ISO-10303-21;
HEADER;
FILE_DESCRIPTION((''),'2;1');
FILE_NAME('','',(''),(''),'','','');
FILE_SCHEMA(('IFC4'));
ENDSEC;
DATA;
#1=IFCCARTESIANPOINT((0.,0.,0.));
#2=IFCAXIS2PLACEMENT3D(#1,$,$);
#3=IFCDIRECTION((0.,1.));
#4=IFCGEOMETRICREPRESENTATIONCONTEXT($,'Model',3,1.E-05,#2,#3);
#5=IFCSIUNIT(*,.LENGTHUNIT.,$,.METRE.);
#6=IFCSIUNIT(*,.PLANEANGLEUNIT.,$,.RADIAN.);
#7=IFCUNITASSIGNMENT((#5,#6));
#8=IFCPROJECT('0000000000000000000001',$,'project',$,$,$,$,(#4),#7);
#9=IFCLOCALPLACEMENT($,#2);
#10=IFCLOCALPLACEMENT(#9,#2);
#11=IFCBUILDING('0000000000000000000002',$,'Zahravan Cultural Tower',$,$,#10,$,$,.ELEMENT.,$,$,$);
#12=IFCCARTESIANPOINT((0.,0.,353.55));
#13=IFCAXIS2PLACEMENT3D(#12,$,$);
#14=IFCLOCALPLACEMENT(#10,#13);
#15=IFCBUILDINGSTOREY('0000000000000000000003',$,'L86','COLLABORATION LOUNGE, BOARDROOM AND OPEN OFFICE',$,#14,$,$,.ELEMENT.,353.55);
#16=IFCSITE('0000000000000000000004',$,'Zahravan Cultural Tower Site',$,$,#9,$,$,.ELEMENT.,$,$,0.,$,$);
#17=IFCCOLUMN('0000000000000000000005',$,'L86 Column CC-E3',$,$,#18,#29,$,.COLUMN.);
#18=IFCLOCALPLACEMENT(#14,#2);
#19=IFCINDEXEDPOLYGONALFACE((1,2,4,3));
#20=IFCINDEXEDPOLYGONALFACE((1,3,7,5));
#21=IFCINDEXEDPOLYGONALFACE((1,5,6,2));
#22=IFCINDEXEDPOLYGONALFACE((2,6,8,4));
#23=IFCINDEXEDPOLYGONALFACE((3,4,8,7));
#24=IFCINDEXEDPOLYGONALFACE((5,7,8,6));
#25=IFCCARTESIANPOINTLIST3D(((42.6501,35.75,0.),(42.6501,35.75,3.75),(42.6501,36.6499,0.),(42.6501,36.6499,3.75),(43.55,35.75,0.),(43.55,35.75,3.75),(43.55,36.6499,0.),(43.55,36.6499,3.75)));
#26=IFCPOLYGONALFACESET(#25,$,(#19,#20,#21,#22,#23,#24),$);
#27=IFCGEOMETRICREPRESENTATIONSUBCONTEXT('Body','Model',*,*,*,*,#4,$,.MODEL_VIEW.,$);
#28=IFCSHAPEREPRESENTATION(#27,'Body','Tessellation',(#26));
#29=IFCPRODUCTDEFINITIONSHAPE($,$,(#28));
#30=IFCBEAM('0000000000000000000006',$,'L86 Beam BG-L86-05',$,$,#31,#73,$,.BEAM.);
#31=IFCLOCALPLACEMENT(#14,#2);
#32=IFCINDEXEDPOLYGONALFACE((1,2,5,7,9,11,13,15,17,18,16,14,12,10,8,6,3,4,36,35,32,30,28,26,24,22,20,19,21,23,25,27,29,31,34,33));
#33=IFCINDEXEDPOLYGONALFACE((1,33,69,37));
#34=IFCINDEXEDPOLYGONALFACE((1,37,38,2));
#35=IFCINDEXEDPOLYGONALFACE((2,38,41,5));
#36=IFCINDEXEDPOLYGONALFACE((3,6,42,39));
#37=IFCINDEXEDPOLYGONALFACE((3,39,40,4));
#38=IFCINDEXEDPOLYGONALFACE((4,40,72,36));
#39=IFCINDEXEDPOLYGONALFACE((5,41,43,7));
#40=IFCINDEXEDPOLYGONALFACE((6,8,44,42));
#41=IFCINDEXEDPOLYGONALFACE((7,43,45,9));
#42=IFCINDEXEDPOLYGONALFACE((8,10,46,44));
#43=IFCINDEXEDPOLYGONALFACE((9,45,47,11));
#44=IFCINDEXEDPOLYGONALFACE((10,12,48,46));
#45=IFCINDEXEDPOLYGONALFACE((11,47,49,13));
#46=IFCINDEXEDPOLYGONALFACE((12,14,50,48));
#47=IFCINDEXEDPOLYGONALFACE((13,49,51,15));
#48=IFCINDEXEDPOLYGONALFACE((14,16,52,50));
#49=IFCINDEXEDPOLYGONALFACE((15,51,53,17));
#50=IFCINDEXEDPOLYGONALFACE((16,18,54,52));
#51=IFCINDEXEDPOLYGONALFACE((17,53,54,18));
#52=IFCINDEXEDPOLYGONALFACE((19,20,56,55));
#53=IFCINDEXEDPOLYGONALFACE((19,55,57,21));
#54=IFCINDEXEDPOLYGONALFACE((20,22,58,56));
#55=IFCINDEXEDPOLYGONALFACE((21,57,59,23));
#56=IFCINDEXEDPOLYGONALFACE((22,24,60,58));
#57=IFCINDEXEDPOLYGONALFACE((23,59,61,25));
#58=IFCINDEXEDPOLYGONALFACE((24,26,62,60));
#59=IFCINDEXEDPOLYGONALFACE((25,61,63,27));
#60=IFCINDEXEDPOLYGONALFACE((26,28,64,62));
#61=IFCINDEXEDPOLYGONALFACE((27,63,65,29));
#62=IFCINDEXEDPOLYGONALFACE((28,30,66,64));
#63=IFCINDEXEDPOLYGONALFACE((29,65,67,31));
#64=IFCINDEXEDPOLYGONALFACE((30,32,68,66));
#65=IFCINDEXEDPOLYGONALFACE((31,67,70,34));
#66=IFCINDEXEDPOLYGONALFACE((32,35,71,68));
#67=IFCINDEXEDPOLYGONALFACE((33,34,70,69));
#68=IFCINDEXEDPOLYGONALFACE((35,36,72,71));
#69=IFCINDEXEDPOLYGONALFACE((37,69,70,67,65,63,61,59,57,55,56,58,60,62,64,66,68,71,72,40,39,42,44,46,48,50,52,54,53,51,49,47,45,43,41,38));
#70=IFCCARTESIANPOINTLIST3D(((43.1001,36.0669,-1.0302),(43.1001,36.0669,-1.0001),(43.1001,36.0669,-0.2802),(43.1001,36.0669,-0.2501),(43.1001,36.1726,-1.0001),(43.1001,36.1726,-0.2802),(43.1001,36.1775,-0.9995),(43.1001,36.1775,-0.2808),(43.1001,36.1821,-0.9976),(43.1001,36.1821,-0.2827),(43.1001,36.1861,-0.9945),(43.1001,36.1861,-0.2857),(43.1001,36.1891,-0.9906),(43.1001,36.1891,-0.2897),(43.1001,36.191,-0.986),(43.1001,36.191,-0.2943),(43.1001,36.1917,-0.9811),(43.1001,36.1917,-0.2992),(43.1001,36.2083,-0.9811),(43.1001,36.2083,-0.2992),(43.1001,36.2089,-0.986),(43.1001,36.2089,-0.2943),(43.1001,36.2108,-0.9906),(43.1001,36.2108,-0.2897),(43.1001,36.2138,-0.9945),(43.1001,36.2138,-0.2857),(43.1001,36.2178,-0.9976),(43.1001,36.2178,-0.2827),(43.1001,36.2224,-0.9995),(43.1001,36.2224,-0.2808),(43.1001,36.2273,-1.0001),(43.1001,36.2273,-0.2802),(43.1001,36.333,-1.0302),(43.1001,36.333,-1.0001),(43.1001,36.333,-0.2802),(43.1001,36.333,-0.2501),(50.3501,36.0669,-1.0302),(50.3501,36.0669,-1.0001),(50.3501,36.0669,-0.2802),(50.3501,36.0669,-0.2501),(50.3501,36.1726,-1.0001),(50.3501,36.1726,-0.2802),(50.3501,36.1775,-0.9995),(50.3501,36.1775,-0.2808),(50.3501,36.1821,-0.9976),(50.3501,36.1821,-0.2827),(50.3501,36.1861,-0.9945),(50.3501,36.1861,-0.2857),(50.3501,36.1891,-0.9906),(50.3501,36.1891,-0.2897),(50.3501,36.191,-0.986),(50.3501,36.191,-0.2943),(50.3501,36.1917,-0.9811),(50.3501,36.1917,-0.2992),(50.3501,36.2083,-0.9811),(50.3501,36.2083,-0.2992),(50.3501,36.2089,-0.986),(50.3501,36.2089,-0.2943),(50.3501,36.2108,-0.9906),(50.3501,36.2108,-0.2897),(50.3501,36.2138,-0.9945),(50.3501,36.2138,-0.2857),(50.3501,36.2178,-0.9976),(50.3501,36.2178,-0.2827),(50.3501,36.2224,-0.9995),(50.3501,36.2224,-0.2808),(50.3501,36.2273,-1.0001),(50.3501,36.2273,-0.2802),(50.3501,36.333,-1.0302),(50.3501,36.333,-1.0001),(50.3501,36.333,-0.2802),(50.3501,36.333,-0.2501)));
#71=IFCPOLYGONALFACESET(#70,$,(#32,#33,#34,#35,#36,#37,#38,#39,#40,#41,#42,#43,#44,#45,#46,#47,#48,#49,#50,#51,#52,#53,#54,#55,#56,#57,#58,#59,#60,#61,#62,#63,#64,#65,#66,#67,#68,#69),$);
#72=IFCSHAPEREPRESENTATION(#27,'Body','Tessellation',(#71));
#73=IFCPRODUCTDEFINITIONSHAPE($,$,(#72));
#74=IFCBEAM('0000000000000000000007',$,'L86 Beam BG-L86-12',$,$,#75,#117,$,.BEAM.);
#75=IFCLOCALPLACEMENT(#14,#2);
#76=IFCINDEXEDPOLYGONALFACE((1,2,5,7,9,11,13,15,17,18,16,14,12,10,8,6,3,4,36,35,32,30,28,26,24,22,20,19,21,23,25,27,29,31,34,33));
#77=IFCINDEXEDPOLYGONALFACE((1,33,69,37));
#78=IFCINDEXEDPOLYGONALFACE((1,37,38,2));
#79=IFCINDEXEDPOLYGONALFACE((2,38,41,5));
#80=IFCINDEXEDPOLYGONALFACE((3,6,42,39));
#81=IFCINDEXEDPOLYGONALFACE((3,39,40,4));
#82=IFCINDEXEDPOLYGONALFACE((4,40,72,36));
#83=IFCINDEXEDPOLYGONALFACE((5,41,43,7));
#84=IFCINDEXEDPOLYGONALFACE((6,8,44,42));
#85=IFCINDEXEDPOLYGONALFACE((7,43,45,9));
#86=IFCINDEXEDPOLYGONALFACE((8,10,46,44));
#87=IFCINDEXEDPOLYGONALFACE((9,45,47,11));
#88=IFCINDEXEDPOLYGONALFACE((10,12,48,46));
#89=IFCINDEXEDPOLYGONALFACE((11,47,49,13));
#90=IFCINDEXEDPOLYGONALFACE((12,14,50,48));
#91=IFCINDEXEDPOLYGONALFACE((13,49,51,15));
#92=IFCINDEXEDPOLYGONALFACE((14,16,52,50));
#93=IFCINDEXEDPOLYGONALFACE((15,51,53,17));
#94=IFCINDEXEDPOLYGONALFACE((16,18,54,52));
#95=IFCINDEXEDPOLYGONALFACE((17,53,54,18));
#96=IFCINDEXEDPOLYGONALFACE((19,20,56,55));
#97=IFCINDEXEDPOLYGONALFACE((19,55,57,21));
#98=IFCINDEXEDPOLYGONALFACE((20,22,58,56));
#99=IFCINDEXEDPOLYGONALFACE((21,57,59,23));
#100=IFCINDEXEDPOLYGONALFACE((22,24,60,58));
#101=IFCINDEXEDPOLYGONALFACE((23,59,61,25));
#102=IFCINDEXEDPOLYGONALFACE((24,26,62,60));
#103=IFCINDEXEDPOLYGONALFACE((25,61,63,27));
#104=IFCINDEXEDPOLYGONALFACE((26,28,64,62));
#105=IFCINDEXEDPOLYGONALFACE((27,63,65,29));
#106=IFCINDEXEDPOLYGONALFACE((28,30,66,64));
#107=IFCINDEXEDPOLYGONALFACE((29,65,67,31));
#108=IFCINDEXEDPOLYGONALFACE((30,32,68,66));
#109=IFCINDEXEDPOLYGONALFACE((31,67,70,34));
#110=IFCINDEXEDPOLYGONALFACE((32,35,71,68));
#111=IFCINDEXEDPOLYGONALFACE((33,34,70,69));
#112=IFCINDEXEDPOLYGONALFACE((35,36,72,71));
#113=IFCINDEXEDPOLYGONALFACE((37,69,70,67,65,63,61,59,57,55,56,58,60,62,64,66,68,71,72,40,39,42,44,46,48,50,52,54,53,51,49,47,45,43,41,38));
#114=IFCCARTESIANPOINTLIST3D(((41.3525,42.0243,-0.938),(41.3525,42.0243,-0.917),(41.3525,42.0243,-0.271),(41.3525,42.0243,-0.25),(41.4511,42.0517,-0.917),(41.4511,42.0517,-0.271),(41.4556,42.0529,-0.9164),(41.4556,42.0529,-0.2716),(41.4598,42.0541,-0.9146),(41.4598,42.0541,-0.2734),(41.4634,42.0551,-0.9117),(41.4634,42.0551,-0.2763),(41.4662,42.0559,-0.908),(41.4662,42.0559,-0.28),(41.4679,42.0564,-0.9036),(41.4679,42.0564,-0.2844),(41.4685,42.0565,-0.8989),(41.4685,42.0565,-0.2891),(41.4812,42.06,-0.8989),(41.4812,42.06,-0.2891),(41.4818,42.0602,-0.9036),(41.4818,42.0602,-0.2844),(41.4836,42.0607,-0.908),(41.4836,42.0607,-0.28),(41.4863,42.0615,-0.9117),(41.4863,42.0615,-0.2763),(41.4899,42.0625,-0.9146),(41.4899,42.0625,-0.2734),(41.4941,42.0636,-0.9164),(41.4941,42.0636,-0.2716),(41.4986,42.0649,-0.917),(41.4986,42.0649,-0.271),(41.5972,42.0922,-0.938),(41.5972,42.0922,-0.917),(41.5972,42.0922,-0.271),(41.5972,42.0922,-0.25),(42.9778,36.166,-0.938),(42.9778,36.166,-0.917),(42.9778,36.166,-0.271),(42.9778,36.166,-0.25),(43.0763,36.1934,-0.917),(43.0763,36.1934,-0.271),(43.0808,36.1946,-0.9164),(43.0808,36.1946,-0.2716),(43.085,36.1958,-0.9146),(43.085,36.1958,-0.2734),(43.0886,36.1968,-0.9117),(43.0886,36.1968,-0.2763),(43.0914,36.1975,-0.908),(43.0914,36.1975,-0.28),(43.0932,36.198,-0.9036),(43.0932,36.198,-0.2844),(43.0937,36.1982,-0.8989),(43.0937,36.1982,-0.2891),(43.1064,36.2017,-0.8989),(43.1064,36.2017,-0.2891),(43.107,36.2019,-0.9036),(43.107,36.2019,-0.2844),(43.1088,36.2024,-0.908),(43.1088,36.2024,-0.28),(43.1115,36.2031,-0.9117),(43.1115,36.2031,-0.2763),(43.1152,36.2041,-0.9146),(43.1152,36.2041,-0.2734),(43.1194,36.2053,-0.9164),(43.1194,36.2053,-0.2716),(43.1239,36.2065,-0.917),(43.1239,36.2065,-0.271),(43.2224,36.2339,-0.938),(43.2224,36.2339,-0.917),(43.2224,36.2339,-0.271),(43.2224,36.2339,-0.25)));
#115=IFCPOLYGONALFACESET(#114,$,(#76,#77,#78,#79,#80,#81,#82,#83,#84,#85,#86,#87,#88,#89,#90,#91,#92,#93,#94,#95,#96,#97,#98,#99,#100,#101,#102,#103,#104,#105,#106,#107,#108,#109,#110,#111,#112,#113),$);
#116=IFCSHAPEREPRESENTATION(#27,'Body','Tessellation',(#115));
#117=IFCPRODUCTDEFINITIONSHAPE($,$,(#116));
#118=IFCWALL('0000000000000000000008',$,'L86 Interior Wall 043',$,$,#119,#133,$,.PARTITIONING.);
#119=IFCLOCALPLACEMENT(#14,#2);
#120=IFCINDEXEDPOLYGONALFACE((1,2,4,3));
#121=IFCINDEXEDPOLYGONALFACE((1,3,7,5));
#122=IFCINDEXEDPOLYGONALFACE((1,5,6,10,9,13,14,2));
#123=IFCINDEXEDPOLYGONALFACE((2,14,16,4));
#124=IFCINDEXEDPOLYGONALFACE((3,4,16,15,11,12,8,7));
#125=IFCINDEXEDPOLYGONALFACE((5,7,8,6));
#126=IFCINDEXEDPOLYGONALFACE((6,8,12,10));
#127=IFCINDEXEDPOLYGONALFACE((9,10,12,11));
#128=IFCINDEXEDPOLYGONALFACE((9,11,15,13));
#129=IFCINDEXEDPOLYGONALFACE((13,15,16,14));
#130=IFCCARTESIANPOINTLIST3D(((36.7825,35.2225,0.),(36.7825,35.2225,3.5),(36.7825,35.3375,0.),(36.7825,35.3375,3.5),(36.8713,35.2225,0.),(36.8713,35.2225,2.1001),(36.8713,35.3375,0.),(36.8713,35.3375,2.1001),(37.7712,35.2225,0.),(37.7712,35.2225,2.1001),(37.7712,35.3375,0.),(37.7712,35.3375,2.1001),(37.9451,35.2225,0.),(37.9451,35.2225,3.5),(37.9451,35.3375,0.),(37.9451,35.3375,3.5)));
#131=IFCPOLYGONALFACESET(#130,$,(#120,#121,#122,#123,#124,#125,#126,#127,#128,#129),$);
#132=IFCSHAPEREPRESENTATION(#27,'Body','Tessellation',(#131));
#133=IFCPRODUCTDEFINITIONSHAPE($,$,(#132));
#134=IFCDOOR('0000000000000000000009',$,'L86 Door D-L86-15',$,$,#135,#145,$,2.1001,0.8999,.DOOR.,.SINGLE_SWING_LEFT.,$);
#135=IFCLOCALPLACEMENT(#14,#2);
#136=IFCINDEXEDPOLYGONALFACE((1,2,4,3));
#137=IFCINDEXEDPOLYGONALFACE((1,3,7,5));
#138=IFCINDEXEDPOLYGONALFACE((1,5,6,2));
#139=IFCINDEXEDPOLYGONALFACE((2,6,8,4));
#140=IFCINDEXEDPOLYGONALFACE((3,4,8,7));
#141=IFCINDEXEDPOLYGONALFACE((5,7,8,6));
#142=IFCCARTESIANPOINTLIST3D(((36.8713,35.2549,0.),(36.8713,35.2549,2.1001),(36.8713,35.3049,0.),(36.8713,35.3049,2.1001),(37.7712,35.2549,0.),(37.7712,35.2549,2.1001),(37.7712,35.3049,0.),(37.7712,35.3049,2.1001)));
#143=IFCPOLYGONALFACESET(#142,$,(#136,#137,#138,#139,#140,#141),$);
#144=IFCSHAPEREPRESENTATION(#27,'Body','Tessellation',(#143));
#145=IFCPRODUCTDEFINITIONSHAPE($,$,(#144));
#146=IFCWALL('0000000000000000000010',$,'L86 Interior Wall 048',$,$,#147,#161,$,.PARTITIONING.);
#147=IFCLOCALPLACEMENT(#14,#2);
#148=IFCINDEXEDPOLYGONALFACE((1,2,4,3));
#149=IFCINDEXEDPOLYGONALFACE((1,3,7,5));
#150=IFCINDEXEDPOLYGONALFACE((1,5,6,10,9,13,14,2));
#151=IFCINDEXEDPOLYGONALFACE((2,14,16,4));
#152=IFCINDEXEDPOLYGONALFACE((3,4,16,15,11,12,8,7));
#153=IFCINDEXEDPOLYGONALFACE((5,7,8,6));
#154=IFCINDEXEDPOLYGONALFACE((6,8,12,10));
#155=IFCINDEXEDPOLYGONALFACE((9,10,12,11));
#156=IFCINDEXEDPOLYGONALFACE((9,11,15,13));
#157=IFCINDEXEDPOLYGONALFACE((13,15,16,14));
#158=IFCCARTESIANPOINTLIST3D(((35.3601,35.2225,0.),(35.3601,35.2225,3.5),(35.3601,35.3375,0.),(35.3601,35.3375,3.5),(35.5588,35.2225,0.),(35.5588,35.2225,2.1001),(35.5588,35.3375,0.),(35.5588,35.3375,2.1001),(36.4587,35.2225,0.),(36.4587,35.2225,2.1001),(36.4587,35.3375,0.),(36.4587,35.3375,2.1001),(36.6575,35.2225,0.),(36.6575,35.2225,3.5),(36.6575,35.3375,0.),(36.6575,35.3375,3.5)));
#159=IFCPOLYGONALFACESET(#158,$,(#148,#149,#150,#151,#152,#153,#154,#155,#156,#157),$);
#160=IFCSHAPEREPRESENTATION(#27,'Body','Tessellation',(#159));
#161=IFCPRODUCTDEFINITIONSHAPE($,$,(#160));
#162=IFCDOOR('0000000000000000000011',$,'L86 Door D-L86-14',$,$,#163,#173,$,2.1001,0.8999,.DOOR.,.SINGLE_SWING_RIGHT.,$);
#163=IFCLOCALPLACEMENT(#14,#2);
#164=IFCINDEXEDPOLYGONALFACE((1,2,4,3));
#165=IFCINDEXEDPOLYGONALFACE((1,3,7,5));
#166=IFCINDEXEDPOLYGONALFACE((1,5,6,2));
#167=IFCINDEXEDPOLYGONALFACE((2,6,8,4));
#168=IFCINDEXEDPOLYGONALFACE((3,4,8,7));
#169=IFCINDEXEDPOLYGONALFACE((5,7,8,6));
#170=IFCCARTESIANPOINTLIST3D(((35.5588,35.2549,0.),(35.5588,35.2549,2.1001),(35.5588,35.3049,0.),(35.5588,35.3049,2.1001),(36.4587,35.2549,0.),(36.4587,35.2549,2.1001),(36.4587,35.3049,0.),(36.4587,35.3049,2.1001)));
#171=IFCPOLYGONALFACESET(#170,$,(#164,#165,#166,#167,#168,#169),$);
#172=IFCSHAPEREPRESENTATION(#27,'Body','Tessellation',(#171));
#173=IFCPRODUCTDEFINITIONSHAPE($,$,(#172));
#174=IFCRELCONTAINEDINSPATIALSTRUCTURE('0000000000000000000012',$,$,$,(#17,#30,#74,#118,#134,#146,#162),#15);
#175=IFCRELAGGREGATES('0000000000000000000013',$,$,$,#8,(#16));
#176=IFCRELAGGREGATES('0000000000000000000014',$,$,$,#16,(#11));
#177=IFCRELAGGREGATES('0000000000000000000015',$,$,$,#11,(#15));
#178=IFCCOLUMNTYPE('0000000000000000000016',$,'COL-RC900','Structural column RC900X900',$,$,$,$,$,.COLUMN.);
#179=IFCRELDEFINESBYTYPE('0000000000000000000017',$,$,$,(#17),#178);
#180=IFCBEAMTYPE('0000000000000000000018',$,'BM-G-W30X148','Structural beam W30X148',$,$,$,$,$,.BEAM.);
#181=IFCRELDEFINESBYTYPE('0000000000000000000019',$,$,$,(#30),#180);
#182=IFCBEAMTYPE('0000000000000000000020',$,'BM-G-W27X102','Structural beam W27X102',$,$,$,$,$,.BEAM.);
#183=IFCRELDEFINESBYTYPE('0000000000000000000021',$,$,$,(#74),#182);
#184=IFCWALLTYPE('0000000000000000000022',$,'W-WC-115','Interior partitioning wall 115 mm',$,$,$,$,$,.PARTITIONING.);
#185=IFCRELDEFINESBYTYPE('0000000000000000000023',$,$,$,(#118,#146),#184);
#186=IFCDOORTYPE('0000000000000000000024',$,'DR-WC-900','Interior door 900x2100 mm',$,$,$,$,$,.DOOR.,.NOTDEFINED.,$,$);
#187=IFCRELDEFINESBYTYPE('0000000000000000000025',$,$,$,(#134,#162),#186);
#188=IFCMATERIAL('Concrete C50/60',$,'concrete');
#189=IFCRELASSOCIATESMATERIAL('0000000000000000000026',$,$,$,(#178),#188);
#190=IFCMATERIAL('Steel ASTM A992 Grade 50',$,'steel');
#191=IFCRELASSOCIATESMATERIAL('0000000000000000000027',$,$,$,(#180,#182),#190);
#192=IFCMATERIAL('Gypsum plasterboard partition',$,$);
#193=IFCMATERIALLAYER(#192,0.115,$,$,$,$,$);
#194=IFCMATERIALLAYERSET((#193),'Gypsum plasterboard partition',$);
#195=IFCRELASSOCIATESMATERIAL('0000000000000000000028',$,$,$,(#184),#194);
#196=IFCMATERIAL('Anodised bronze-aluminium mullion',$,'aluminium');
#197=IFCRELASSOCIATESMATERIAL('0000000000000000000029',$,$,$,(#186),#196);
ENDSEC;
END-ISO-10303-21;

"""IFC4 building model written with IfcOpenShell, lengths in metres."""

from ifc_helpers import new_model, si_unit, direction, frame, frame_2d, origin, origin_2d, place, context, subcontext, project, spatial, rectangle, i_section, extrude, source, transform, mapped, material, layer, layer_set, material_profile, profile_set, type_object, element, fill, save


model = new_model("IFC4")

# Units and contexts
model_context = context("Model", 3, precision=1e-05, world=origin(), true_north=direction((0.0, 1.0)))
body_context = subcontext(model_context, "Body", "Model", "MODEL_VIEW")
ifc_project = project(units=[si_unit("LENGTHUNIT", "METRE"), si_unit("PLANEANGLEUNIT", "RADIAN")], contexts=[model_context])

# Site, building, storey
site_placement = place(None, origin())
site = spatial("IfcSite", under=ifc_project, at=site_placement, Name="Zahravan Cultural Tower Site", CompositionType="ELEMENT", RefElevation=0.0)
building_placement = place(site_placement, origin())
building = spatial("IfcBuilding", under=site, at=building_placement, Name="Zahravan Cultural Tower", CompositionType="ELEMENT")
storey_placement = place(building_placement, frame((0.0, 0.0, 353.55)))
storey = spatial("IfcBuildingStorey", under=building, at=storey_placement, Name="L86", Description="COLLABORATION LOUNGE, BOARDROOM AND OPEN OFFICE", CompositionType="ELEMENT", Elevation=353.55)

# Column
ifc_material_1 = material(Name="Concrete C50/60", Category="concrete")
ifc_material_profile_1 = material_profile(ifc_material_1, rectangle(XDim=0.8999, YDim=0.8999, at=origin_2d()), Name="RC900X900")
ifc_profile_set_1 = profile_set([ifc_material_profile_1], Name="Concrete C50/60")
column_type = type_object("IfcColumnType", Name="COL-RC900", Description="Structural column RC900X900", PredefinedType="COLUMN", material=ifc_profile_set_1)
shared_shape_1 = source(origin(), body_context, "Body", "SweptSolid", [
    extrude(rectangle(XDim=0.8999, YDim=0.8999, at=origin_2d()), origin(), (0.0, 0.0, 1.0), 3.75),
])
column_placement = place(storey_placement, frame((43.1001, 36.2, 0.0), z_axis=(0.0, 0.0, 1.0), x_axis=(1.0, 0.0, 0.0)))
element("IfcColumn", 1, at=column_placement, inside=storey, type_object=column_type, Name="L86 Column CC-E3", PredefinedType="COLUMN", context=body_context, shape_type="MappedRepresentation", body=[
    mapped(shared_shape_1, transform((0.0, 0.0, 0.0), x_axis=(1.0, 0.0, 0.0), y_axis=(0.0, 1.0, 0.0), z_axis=(0.0, 0.0, 1.0), scale=1.0)),
])

# Beams
ifc_material_2 = material(Name="Steel ASTM A992 Grade 50", Category="steel")
ifc_material_profile_2 = material_profile(ifc_material_2, i_section(OverallWidth=0.2661, OverallDepth=0.78, WebThickness=0.0166, FlangeThickness=0.03, FilletRadius=0.019, at=origin_2d()), Name="W30X148")
ifc_profile_set_2 = profile_set([ifc_material_profile_2], Name="Steel ASTM A992 Grade 50")
beam_type_1 = type_object("IfcBeamType", Name="BM-G-W30X148", Description="Structural beam W30X148", PredefinedType="BEAM", material=ifc_profile_set_2)
shared_shape_2 = source(origin(), body_context, "Body", "SweptSolid", [
    extrude(i_section(OverallWidth=0.2661, OverallDepth=0.78, WebThickness=0.0166, FlangeThickness=0.03, FilletRadius=0.019, at=origin_2d()), origin(), (0.0, 0.0, 1.0), 7.25),
])
beam_1_placement = place(storey_placement, frame((43.1001, 36.2, -0.6401), z_axis=(1.0, 0.0, 0.0), x_axis=(0.0, 1.0, 0.0)))
element("IfcBeam", 2, at=beam_1_placement, inside=storey, type_object=beam_type_1, Name="L86 Beam BG-L86-05", PredefinedType="BEAM", context=body_context, shape_type="MappedRepresentation", body=[
    mapped(shared_shape_2, transform((0.0, 0.0, 0.0), x_axis=(1.0, 0.0, 0.0), y_axis=(0.0, 1.0, 0.0), z_axis=(0.0, 0.0, 1.0), scale=1.0)),
])
ifc_material_profile_3 = material_profile(ifc_material_2, i_section(OverallWidth=0.2539, OverallDepth=0.688, WebThickness=0.0132, FlangeThickness=0.021, FilletRadius=0.0181, at=origin_2d()), Name="W27X102")
ifc_profile_set_3 = profile_set([ifc_material_profile_3], Name="Steel ASTM A992 Grade 50")
beam_type_2 = type_object("IfcBeamType", Name="BM-G-W27X102", Description="Structural beam W27X102", PredefinedType="BEAM", material=ifc_profile_set_3)
shared_shape_3 = source(origin(), body_context, "Body", "SweptSolid", [
    extrude(i_section(OverallWidth=0.2539, OverallDepth=0.688, WebThickness=0.0132, FlangeThickness=0.021, FilletRadius=0.0181, at=origin_2d()), origin(), (0.0, 0.0, 1.0), 6.0796),
])
beam_2_placement = place(storey_placement, frame((43.1001, 36.2, -0.594), z_axis=(-0.267325, 0.963606, 0.0), x_axis=(-0.963606, -0.267325, 0.0)))
element("IfcBeam", 3, at=beam_2_placement, inside=storey, type_object=beam_type_2, Name="L86 Beam BG-L86-12", PredefinedType="BEAM", context=body_context, shape_type="MappedRepresentation", body=[
    mapped(shared_shape_3, transform((0.0, 0.0, 0.0), x_axis=(1.0, 0.0, 0.0), y_axis=(0.0, 1.0, 0.0), z_axis=(0.0, 0.0, 1.0), scale=1.0)),
])

# Walls, openings, doors
ifc_material_3 = material(Name="Gypsum plasterboard partition")
ifc_layer_1 = layer(ifc_material_3, 0.115)
ifc_layer_set_1 = layer_set([ifc_layer_1], Name="Gypsum plasterboard partition")
wall_type_1 = type_object("IfcWallType", Name="W-WC-115", Description="Interior partitioning wall 115 mm", PredefinedType="PARTITIONING", material=ifc_layer_set_1)
wall_1_placement = place(storey_placement, frame((36.7825, 35.28, 0.0), z_axis=(0.0, 0.0, 1.0), x_axis=(1.0, 0.0, 0.0)))
wall_1 = element("IfcWall", 4, at=wall_1_placement, inside=storey, type_object=wall_type_1, Name="L86 Interior Wall 043", PredefinedType="PARTITIONING", context=body_context, shape_type="SweptSolid", body=[
    extrude(rectangle(XDim=1.1626, YDim=0.115, at=frame_2d((0.5813, 0.0))), origin(), (0.0, 0.0, 1.0), 3.5),
])
opening_1_placement = place(wall_1_placement, frame((0.0889, 0.0, 0.0)))
opening_1 = element("IfcOpeningElement", 5, at=opening_1_placement, cuts=wall_1, PredefinedType="OPENING", context=body_context, shape_type="SweptSolid", body=[
    extrude(rectangle(XDim=0.8999, YDim=2.1001, at=frame_2d((0.45, 1.05))), frame((0.0, 0.0674, 0.0), z_axis=(0.0, -1.0, 0.0), x_axis=(1.0, 0.0, 0.0)), (0.0, 0.0, 1.0), 0.135),
])
ifc_material_4 = material(Name="Anodised bronze-aluminium mullion", Category="aluminium")
door_type_1 = type_object("IfcDoorType", Name="DR-WC-900", Description="Interior door 900x2100 mm", OperationType="NOTDEFINED", PredefinedType="DOOR", material=ifc_material_4)
shared_shape_4 = source(origin(), body_context, "Body", "SweptSolid", [
    extrude(rectangle(XDim=0.8999, YDim=2.1001, at=frame_2d((0.45, 1.05))), frame((0.0, 0.0249, 0.0), z_axis=(0.0, -1.0, 0.0), x_axis=(1.0, 0.0, 0.0)), (0.0, 0.0, 1.0), 0.05),
])
door_1_placement = place(opening_1_placement, origin())
door_1 = element("IfcDoor", 6, at=door_1_placement, inside=storey, type_object=door_type_1, Name="L86 Door D-L86-15", OperationType="SINGLE_SWING_LEFT", OverallHeight=2.1001, OverallWidth=0.8999, PredefinedType="DOOR", context=body_context, shape_type="MappedRepresentation", body=[
    mapped(shared_shape_4, transform((0.0, 0.0, 0.0), x_axis=(1.0, 0.0, 0.0), y_axis=(0.0, 1.0, 0.0), z_axis=(0.0, 0.0, 1.0), scale=1.0)),
])
fill(opening_1, door_1)
wall_2_placement = place(storey_placement, frame((35.3601, 35.28, 0.0), z_axis=(0.0, 0.0, 1.0), x_axis=(1.0, 0.0, 0.0)))
wall_2 = element("IfcWall", 7, at=wall_2_placement, inside=storey, type_object=wall_type_1, Name="L86 Interior Wall 048", PredefinedType="PARTITIONING", context=body_context, shape_type="SweptSolid", body=[
    extrude(rectangle(XDim=1.2974, YDim=0.115, at=frame_2d((0.6487, 0.0))), origin(), (0.0, 0.0, 1.0), 3.5),
])
opening_2_placement = place(wall_2_placement, frame((0.1987, 0.0, 0.0)))
opening_2 = element("IfcOpeningElement", 8, at=opening_2_placement, cuts=wall_2, PredefinedType="OPENING", context=body_context, shape_type="SweptSolid", body=[
    extrude(rectangle(XDim=0.8999, YDim=2.1001, at=frame_2d((0.45, 1.05))), frame((0.0, 0.0674, 0.0), z_axis=(0.0, -1.0, 0.0), x_axis=(1.0, 0.0, 0.0)), (0.0, 0.0, 1.0), 0.135),
])
door_2_placement = place(opening_2_placement, origin())
door_2 = element("IfcDoor", 9, at=door_2_placement, inside=storey, type_object=door_type_1, Name="L86 Door D-L86-14", OperationType="SINGLE_SWING_RIGHT", OverallHeight=2.1001, OverallWidth=0.8999, PredefinedType="DOOR", context=body_context, shape_type="MappedRepresentation", body=[
    mapped(shared_shape_4, transform((0.0, 0.0, 0.0), x_axis=(1.0, 0.0, 0.0), y_axis=(0.0, 1.0, 0.0), z_axis=(0.0, 0.0, 1.0), scale=1.0)),
])
fill(opening_2, door_2)

save(model, "model.ifc")
